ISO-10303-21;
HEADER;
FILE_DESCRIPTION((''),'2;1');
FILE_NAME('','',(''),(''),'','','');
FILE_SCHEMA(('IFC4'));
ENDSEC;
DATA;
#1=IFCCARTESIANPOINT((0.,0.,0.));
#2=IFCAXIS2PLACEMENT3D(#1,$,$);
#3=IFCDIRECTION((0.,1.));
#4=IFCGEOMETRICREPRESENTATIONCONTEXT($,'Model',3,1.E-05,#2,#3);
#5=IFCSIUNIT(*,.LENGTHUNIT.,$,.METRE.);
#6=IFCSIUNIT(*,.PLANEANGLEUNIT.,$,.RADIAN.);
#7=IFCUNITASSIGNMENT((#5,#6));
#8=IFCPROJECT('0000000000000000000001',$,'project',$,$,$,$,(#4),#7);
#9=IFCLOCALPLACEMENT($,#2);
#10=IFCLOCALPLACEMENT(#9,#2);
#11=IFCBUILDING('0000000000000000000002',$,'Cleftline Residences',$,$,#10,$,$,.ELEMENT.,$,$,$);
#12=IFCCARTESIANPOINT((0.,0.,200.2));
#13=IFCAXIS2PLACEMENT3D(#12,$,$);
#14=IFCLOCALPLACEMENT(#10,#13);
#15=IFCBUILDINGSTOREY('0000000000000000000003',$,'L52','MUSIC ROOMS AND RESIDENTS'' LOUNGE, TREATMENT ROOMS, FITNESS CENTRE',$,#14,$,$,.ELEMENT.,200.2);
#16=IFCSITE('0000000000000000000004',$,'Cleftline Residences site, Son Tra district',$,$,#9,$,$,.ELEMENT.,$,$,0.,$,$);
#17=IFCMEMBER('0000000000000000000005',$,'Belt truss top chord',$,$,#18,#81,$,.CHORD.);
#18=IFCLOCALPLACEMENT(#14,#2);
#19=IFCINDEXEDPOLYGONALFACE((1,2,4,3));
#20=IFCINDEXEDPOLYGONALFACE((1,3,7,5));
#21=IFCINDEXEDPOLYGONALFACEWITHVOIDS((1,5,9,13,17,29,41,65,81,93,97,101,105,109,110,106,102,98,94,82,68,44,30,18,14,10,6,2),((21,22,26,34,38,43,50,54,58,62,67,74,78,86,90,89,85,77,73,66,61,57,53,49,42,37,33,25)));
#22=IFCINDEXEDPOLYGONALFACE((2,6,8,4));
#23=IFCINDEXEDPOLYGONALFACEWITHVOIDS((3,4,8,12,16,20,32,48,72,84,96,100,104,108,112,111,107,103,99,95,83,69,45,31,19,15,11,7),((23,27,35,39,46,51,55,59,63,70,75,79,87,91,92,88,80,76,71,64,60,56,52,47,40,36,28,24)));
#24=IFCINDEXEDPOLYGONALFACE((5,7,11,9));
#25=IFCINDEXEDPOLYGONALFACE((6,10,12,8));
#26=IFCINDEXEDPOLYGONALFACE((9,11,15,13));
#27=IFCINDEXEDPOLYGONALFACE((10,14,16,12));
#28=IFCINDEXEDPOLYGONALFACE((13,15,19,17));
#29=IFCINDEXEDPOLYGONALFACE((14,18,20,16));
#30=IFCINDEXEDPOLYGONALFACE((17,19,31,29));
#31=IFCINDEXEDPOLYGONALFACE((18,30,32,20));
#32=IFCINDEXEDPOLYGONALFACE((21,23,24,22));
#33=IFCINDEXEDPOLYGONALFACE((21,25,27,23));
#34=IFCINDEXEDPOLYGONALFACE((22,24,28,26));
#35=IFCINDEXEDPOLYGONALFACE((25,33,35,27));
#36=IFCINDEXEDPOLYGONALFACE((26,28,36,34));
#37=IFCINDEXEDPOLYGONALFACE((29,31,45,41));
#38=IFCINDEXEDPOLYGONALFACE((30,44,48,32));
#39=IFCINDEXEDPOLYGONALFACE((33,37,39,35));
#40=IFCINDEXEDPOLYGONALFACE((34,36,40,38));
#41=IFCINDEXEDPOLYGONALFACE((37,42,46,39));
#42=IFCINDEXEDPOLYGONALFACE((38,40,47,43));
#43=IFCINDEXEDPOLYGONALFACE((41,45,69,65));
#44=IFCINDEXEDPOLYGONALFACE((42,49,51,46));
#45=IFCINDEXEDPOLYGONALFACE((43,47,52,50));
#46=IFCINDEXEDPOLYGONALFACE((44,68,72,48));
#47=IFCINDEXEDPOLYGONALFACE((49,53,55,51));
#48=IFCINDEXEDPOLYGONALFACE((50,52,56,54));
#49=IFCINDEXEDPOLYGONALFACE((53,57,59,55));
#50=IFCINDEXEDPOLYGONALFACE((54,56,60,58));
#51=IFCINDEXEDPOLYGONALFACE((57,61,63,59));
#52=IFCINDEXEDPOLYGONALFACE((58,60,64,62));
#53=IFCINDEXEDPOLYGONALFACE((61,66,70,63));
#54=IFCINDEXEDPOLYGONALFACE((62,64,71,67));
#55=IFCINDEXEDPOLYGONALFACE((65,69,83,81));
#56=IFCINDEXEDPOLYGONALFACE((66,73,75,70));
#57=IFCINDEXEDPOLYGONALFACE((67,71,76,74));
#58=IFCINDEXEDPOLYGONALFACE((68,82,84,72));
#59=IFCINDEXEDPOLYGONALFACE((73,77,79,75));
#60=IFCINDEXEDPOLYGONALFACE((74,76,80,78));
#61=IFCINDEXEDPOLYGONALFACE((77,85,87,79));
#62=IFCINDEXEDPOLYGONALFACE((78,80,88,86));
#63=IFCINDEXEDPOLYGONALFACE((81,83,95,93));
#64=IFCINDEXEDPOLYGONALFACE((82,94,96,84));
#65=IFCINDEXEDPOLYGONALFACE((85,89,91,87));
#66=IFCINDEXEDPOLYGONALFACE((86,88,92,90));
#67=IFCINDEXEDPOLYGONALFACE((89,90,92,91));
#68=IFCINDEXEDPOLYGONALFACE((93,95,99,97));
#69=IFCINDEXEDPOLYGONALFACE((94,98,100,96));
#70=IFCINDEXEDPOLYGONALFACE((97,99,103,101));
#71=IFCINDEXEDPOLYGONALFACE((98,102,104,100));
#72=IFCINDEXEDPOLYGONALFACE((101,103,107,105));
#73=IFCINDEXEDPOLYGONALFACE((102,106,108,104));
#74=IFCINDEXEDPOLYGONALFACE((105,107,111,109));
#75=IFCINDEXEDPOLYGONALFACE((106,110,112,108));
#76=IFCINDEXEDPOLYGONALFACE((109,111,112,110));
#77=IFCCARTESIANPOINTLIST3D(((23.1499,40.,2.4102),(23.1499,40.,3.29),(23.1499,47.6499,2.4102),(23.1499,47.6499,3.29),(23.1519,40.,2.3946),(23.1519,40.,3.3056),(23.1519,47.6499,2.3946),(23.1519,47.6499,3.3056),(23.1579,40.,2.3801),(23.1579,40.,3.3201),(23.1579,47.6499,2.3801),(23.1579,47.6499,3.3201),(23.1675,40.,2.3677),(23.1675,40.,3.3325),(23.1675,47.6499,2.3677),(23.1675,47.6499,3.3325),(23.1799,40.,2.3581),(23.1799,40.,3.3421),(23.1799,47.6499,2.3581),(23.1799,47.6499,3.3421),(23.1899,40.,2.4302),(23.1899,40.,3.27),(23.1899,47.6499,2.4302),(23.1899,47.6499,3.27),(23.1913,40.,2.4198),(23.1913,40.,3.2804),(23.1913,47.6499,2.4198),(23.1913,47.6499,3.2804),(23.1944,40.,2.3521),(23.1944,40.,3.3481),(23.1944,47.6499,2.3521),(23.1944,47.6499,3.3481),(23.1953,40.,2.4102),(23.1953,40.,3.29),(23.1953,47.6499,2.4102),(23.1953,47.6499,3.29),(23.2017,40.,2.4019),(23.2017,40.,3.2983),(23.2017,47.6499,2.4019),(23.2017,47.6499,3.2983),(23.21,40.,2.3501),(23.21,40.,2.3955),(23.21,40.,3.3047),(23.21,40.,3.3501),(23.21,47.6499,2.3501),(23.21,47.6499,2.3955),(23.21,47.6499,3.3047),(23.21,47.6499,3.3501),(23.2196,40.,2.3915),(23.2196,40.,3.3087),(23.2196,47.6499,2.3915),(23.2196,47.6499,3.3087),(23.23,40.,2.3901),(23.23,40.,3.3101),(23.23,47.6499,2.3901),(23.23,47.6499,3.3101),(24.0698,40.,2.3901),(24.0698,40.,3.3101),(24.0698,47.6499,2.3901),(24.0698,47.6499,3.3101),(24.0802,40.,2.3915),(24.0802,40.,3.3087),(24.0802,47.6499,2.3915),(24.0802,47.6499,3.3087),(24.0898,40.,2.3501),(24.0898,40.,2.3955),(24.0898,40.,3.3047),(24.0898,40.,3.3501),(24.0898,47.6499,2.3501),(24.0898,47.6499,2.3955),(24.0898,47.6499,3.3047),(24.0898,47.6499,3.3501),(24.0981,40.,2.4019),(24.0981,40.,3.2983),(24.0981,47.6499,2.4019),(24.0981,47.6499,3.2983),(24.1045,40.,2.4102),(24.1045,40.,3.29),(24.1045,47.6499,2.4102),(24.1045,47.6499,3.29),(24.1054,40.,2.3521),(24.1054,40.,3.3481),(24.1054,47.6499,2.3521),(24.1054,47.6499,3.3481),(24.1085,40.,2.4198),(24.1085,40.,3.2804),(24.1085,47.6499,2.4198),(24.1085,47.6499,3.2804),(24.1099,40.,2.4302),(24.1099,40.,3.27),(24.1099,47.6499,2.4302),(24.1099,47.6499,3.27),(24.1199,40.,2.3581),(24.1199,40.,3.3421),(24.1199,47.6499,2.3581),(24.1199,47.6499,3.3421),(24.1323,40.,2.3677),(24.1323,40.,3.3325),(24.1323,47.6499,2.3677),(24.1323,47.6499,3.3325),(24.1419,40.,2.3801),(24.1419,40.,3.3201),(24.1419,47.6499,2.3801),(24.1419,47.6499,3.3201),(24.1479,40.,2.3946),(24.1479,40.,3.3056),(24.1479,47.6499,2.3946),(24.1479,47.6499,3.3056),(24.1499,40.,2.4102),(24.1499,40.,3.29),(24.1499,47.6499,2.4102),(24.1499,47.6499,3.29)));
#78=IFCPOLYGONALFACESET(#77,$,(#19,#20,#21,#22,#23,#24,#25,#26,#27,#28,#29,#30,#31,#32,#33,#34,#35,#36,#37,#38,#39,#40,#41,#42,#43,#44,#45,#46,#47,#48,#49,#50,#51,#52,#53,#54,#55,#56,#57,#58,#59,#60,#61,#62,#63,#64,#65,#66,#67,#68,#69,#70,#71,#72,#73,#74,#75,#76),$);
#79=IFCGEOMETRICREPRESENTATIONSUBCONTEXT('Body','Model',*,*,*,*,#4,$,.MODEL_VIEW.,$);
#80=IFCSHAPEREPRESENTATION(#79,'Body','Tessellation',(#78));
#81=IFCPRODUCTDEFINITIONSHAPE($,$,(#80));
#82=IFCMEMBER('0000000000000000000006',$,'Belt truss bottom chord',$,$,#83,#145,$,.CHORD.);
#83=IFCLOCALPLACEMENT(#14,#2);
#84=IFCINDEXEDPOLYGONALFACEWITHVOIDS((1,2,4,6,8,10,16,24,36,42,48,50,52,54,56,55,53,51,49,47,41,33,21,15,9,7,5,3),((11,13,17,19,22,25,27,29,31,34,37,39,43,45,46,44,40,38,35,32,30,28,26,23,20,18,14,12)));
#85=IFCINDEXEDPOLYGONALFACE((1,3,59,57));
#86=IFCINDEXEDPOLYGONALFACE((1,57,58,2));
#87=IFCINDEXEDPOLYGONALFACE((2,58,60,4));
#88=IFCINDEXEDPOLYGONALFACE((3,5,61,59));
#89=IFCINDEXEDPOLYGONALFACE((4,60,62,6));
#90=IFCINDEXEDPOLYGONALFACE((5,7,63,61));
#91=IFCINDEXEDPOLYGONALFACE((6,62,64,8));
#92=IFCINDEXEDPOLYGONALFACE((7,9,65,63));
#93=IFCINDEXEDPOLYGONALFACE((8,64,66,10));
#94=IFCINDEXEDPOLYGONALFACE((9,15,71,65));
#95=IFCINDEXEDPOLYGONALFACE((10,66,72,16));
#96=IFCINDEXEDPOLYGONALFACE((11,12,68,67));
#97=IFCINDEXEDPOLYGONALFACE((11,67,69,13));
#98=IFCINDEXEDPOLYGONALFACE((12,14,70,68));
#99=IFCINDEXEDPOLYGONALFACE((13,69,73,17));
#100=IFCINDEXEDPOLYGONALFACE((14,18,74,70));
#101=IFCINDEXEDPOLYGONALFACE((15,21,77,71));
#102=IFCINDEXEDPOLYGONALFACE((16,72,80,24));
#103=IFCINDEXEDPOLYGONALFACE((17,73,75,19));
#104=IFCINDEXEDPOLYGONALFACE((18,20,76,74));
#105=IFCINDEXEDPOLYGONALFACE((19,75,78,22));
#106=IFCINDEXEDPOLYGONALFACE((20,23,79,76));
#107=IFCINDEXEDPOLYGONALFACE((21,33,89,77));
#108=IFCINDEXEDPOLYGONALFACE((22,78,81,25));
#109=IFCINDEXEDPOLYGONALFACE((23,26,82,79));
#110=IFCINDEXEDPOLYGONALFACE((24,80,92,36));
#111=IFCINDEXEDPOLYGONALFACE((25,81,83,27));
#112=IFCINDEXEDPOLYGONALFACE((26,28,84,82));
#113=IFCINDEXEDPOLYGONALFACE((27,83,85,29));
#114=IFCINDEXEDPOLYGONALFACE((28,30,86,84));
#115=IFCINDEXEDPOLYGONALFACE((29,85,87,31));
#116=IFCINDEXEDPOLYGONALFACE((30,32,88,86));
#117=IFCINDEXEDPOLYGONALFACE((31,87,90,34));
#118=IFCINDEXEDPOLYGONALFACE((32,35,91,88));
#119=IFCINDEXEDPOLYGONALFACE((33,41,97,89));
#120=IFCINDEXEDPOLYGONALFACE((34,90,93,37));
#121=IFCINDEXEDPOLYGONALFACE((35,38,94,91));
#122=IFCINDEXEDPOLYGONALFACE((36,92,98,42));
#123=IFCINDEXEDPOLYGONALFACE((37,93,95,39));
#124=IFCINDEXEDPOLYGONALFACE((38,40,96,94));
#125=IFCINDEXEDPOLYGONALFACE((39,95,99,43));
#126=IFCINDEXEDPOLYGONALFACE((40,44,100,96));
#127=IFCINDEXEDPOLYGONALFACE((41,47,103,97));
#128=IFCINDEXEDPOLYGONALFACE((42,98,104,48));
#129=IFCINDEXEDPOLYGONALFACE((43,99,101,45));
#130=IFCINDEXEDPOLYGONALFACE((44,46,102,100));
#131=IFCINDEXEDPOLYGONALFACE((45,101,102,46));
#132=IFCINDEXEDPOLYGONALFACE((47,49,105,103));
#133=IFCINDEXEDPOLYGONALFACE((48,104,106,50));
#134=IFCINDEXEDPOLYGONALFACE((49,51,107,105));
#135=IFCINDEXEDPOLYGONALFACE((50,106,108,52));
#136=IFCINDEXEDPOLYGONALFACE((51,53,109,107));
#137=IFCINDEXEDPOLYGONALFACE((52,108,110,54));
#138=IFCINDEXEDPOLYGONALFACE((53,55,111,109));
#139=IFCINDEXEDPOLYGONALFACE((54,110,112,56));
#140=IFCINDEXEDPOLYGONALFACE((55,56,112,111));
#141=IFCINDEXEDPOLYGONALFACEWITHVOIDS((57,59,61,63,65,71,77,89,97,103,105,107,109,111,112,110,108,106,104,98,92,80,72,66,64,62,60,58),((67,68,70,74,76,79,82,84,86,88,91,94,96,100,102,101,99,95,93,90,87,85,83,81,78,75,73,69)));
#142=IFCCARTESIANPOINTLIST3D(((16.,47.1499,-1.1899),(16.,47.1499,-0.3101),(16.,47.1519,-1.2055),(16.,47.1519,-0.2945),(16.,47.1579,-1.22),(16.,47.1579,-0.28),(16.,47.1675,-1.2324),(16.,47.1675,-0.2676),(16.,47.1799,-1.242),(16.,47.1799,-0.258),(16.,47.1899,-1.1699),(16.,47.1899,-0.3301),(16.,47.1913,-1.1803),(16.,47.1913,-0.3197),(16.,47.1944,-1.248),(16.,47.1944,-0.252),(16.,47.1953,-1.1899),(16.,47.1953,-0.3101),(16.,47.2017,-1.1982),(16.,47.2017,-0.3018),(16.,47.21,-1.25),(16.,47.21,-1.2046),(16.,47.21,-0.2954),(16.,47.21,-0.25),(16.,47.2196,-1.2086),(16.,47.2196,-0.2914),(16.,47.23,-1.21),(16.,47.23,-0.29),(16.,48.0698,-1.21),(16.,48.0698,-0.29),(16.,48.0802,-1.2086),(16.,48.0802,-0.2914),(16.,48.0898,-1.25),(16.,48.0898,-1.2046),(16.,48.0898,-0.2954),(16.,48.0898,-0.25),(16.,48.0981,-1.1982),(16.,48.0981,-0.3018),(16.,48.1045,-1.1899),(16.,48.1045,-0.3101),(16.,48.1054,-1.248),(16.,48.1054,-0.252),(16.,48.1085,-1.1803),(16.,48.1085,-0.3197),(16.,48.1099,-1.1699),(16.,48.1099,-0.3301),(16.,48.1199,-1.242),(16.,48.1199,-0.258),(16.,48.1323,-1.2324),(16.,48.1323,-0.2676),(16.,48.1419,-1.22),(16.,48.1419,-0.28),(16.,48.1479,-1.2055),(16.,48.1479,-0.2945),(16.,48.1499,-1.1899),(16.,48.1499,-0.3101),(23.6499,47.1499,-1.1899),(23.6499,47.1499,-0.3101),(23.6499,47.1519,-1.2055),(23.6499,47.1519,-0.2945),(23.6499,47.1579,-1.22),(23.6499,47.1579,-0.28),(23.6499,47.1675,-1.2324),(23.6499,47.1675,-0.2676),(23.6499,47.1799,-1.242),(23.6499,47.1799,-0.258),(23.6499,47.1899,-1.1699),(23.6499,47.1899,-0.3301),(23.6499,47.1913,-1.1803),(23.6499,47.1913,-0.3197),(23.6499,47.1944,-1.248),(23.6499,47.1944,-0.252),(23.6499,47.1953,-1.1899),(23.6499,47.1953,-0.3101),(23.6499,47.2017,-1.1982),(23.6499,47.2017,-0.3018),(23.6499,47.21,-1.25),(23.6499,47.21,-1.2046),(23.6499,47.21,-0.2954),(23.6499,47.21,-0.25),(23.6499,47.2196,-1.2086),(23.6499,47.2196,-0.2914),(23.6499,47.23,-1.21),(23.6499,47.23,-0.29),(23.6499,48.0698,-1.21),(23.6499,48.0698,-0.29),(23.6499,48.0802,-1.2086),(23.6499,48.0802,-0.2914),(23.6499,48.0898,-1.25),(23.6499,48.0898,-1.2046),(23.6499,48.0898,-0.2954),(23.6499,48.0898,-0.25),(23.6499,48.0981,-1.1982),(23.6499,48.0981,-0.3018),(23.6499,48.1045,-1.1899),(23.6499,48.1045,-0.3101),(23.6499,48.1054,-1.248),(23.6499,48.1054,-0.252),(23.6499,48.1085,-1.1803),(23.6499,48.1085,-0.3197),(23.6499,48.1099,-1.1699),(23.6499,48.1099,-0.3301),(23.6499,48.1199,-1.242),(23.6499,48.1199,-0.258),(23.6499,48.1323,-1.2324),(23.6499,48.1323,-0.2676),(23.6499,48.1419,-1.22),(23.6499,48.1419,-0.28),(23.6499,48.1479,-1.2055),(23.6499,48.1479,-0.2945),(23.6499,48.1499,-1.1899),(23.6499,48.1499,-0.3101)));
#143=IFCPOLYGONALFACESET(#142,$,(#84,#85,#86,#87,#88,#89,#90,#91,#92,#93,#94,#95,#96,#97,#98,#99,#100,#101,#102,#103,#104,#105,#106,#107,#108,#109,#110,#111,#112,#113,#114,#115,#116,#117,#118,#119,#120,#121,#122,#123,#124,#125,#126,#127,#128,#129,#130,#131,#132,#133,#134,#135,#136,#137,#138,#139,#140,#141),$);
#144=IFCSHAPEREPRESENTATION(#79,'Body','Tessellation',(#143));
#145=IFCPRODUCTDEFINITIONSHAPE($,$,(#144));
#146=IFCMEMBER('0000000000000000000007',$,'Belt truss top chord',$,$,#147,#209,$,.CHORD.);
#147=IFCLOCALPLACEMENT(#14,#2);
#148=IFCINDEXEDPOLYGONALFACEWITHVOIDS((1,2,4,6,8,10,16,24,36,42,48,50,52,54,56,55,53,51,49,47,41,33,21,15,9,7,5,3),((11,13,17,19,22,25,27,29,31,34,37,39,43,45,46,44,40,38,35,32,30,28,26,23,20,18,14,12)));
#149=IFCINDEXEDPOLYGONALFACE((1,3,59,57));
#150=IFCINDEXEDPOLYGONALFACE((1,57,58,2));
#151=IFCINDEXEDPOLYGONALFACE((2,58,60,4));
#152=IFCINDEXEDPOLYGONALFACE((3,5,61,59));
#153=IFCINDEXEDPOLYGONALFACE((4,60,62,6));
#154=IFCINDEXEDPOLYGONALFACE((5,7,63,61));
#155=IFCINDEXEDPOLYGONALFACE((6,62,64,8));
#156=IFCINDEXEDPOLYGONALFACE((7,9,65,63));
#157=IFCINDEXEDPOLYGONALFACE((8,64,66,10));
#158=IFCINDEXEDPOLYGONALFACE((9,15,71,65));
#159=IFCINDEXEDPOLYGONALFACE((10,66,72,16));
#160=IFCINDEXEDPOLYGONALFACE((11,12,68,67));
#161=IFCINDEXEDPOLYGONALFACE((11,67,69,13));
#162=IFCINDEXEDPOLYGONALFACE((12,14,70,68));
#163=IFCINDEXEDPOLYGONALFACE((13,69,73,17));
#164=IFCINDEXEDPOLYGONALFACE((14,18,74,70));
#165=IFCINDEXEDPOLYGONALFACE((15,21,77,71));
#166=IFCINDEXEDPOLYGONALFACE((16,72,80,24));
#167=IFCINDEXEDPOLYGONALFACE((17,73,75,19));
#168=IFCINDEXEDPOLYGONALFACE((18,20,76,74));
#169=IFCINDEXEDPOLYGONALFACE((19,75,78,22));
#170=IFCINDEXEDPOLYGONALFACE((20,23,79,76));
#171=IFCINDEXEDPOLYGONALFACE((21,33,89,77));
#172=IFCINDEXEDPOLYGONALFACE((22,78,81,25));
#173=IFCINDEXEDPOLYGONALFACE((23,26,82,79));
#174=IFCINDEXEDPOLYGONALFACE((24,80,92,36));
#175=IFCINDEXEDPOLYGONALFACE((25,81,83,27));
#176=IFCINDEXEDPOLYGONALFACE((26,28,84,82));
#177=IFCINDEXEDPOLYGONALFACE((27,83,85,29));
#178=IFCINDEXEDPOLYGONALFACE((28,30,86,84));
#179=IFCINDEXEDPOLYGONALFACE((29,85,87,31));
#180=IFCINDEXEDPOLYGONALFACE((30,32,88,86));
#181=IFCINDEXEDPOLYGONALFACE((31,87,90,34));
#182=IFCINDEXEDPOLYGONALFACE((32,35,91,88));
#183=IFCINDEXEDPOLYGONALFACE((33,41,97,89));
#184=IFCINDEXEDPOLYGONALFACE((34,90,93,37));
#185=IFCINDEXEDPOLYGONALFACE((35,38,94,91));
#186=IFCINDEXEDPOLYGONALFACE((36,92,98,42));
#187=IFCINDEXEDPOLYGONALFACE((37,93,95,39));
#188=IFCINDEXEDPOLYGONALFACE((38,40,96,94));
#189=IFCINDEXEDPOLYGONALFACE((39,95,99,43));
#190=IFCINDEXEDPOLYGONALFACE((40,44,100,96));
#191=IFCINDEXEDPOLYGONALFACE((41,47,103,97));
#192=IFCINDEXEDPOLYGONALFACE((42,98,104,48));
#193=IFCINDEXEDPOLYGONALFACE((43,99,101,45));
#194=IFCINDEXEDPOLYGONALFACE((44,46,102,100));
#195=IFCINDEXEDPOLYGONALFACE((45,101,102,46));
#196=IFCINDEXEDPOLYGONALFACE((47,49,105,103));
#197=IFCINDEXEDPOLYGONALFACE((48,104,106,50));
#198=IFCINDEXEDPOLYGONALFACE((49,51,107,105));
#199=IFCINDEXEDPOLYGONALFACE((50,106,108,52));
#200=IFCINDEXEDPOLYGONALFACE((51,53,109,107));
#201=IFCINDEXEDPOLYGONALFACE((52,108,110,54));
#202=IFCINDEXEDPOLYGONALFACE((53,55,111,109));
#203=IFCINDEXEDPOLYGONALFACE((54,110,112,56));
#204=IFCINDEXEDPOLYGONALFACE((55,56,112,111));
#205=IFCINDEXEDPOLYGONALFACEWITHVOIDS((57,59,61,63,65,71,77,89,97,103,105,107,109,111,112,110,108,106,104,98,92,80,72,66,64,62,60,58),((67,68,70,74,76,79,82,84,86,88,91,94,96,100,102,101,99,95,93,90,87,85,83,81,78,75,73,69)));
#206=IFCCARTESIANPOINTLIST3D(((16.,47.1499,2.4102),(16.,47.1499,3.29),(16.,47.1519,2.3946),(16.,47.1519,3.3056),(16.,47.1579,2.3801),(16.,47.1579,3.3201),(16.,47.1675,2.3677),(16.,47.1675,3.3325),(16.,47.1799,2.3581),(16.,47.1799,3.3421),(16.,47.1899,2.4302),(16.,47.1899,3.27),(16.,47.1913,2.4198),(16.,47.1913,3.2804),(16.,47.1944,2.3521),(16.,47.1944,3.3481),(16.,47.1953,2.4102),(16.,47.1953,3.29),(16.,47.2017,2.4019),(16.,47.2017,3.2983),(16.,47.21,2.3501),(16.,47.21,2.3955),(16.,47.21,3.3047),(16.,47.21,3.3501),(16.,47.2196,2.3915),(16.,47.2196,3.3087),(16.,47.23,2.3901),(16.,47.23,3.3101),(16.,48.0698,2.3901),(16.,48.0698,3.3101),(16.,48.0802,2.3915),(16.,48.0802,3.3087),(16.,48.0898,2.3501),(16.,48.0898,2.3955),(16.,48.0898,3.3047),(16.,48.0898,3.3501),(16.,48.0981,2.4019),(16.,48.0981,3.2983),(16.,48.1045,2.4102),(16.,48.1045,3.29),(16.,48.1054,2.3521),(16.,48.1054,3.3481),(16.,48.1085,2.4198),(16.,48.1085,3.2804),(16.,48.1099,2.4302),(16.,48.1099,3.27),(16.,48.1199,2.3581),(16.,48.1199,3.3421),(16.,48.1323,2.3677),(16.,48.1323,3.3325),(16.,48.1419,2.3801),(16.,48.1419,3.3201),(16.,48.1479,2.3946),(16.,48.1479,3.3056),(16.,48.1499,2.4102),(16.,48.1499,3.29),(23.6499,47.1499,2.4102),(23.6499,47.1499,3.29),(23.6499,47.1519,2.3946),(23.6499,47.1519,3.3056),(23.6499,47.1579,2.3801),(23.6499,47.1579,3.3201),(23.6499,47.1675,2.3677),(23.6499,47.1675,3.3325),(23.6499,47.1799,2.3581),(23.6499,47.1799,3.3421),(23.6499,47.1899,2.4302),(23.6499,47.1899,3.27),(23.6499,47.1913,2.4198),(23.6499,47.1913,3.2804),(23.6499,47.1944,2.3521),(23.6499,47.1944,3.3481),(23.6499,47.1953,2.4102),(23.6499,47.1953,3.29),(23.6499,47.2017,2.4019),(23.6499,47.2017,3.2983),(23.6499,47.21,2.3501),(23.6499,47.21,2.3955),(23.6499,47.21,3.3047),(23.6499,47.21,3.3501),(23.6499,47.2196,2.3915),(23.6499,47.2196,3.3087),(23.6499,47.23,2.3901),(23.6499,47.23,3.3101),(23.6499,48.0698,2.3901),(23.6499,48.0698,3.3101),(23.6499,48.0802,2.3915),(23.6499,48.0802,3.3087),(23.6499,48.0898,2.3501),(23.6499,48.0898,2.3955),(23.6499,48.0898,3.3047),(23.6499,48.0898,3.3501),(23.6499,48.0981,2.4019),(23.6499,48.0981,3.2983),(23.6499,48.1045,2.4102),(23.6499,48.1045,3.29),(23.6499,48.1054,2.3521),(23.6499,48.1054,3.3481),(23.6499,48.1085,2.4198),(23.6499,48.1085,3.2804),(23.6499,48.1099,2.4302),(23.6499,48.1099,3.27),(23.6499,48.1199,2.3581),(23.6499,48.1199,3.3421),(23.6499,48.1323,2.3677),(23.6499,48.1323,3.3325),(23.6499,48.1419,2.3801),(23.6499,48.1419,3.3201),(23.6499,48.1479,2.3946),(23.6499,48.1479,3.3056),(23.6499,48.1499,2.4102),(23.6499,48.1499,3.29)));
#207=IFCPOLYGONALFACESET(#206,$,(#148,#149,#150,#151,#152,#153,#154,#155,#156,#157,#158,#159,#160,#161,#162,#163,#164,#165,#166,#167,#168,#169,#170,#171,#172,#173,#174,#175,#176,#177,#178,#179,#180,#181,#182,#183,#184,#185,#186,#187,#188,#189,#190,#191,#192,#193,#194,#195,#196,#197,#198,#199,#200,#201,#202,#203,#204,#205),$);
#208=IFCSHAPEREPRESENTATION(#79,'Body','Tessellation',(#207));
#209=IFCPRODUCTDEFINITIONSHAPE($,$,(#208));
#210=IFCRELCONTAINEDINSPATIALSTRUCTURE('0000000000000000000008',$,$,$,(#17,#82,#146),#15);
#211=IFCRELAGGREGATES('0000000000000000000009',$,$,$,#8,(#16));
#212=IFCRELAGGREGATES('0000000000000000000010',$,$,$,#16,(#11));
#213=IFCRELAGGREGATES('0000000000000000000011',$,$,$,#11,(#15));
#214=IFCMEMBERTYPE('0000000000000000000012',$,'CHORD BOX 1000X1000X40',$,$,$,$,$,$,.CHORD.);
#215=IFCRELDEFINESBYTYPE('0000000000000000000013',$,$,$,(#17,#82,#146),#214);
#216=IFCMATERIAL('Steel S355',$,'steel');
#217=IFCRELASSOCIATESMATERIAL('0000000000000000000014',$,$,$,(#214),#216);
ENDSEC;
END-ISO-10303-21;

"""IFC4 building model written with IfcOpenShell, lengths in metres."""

from ifc_helpers import new_model, si_unit, direction, frame, origin, origin_2d, place, context, subcontext, project, spatial, hollow_rectangle, extrude, material, material_profile, profile_set, type_object, element, save


model = new_model("IFC4")

# Units and contexts
model_context = context("Model", 3, precision=1e-05, world=origin(), true_north=direction((0.0, 1.0)))
body_context = subcontext(model_context, "Body", "Model", "MODEL_VIEW")
ifc_project = project(units=[si_unit("LENGTHUNIT", "METRE"), si_unit("PLANEANGLEUNIT", "RADIAN")], contexts=[model_context])

# Site, building, storey
site_placement = place(None, origin())
site = spatial("IfcSite", under=ifc_project, at=site_placement, Name="Cleftline Residences site, Son Tra district", CompositionType="ELEMENT", RefElevation=0.0)
building_placement = place(site_placement, origin())
building = spatial("IfcBuilding", under=site, at=building_placement, Name="Cleftline Residences", CompositionType="ELEMENT")
storey_placement = place(building_placement, frame((0.0, 0.0, 200.2)))
storey = spatial("IfcBuildingStorey", under=building, at=storey_placement, Name="L52", Description="MUSIC ROOMS AND RESIDENTS' LOUNGE, TREATMENT ROOMS, FITNESS CENTRE", CompositionType="ELEMENT", Elevation=200.2)

# Members
ifc_material_1 = material(Name="Steel S355", Category="steel")
ifc_material_profile_1 = material_profile(ifc_material_1, hollow_rectangle(XDim=1.0, YDim=1.0, WallThickness=0.04, InnerFilletRadius=0.04, OuterFilletRadius=0.0601, at=origin_2d()))
ifc_profile_set_1 = profile_set([ifc_material_profile_1], Name="Steel S355")
member_type_1 = type_object("IfcMemberType", Name="CHORD BOX 1000X1000X40", PredefinedType="CHORD", material=ifc_profile_set_1)
for number, where, z_axis, x_axis, name in (
    (1, (23.6499, 40.0, 2.8501), (0.0, 1.0, 0.0), (-1.0, 0.0, 0.0), "Belt truss top chord"),
    (2, (16.0, 47.6499, -0.75), (1.0, 0.0, 0.0), (0.0, 1.0, 0.0), "Belt truss bottom chord"),
    (3, (16.0, 47.6499, 2.8501), (1.0, 0.0, 0.0), (0.0, 1.0, 0.0), "Belt truss top chord"),
):
    element("IfcMember", number, at=place(storey_placement, frame(where, z_axis=z_axis, x_axis=x_axis)), inside=storey, type_object=member_type_1, Name=name, PredefinedType="CHORD", context=body_context, shape_type="SweptSolid", body=[
        extrude(hollow_rectangle(XDim=1.0, YDim=1.0, WallThickness=0.04, InnerFilletRadius=0.04, OuterFilletRadius=0.0601, at=origin_2d()), origin(), (0.0, 0.0, 1.0), 7.6499),
    ])

save(model, "model.ifc")
